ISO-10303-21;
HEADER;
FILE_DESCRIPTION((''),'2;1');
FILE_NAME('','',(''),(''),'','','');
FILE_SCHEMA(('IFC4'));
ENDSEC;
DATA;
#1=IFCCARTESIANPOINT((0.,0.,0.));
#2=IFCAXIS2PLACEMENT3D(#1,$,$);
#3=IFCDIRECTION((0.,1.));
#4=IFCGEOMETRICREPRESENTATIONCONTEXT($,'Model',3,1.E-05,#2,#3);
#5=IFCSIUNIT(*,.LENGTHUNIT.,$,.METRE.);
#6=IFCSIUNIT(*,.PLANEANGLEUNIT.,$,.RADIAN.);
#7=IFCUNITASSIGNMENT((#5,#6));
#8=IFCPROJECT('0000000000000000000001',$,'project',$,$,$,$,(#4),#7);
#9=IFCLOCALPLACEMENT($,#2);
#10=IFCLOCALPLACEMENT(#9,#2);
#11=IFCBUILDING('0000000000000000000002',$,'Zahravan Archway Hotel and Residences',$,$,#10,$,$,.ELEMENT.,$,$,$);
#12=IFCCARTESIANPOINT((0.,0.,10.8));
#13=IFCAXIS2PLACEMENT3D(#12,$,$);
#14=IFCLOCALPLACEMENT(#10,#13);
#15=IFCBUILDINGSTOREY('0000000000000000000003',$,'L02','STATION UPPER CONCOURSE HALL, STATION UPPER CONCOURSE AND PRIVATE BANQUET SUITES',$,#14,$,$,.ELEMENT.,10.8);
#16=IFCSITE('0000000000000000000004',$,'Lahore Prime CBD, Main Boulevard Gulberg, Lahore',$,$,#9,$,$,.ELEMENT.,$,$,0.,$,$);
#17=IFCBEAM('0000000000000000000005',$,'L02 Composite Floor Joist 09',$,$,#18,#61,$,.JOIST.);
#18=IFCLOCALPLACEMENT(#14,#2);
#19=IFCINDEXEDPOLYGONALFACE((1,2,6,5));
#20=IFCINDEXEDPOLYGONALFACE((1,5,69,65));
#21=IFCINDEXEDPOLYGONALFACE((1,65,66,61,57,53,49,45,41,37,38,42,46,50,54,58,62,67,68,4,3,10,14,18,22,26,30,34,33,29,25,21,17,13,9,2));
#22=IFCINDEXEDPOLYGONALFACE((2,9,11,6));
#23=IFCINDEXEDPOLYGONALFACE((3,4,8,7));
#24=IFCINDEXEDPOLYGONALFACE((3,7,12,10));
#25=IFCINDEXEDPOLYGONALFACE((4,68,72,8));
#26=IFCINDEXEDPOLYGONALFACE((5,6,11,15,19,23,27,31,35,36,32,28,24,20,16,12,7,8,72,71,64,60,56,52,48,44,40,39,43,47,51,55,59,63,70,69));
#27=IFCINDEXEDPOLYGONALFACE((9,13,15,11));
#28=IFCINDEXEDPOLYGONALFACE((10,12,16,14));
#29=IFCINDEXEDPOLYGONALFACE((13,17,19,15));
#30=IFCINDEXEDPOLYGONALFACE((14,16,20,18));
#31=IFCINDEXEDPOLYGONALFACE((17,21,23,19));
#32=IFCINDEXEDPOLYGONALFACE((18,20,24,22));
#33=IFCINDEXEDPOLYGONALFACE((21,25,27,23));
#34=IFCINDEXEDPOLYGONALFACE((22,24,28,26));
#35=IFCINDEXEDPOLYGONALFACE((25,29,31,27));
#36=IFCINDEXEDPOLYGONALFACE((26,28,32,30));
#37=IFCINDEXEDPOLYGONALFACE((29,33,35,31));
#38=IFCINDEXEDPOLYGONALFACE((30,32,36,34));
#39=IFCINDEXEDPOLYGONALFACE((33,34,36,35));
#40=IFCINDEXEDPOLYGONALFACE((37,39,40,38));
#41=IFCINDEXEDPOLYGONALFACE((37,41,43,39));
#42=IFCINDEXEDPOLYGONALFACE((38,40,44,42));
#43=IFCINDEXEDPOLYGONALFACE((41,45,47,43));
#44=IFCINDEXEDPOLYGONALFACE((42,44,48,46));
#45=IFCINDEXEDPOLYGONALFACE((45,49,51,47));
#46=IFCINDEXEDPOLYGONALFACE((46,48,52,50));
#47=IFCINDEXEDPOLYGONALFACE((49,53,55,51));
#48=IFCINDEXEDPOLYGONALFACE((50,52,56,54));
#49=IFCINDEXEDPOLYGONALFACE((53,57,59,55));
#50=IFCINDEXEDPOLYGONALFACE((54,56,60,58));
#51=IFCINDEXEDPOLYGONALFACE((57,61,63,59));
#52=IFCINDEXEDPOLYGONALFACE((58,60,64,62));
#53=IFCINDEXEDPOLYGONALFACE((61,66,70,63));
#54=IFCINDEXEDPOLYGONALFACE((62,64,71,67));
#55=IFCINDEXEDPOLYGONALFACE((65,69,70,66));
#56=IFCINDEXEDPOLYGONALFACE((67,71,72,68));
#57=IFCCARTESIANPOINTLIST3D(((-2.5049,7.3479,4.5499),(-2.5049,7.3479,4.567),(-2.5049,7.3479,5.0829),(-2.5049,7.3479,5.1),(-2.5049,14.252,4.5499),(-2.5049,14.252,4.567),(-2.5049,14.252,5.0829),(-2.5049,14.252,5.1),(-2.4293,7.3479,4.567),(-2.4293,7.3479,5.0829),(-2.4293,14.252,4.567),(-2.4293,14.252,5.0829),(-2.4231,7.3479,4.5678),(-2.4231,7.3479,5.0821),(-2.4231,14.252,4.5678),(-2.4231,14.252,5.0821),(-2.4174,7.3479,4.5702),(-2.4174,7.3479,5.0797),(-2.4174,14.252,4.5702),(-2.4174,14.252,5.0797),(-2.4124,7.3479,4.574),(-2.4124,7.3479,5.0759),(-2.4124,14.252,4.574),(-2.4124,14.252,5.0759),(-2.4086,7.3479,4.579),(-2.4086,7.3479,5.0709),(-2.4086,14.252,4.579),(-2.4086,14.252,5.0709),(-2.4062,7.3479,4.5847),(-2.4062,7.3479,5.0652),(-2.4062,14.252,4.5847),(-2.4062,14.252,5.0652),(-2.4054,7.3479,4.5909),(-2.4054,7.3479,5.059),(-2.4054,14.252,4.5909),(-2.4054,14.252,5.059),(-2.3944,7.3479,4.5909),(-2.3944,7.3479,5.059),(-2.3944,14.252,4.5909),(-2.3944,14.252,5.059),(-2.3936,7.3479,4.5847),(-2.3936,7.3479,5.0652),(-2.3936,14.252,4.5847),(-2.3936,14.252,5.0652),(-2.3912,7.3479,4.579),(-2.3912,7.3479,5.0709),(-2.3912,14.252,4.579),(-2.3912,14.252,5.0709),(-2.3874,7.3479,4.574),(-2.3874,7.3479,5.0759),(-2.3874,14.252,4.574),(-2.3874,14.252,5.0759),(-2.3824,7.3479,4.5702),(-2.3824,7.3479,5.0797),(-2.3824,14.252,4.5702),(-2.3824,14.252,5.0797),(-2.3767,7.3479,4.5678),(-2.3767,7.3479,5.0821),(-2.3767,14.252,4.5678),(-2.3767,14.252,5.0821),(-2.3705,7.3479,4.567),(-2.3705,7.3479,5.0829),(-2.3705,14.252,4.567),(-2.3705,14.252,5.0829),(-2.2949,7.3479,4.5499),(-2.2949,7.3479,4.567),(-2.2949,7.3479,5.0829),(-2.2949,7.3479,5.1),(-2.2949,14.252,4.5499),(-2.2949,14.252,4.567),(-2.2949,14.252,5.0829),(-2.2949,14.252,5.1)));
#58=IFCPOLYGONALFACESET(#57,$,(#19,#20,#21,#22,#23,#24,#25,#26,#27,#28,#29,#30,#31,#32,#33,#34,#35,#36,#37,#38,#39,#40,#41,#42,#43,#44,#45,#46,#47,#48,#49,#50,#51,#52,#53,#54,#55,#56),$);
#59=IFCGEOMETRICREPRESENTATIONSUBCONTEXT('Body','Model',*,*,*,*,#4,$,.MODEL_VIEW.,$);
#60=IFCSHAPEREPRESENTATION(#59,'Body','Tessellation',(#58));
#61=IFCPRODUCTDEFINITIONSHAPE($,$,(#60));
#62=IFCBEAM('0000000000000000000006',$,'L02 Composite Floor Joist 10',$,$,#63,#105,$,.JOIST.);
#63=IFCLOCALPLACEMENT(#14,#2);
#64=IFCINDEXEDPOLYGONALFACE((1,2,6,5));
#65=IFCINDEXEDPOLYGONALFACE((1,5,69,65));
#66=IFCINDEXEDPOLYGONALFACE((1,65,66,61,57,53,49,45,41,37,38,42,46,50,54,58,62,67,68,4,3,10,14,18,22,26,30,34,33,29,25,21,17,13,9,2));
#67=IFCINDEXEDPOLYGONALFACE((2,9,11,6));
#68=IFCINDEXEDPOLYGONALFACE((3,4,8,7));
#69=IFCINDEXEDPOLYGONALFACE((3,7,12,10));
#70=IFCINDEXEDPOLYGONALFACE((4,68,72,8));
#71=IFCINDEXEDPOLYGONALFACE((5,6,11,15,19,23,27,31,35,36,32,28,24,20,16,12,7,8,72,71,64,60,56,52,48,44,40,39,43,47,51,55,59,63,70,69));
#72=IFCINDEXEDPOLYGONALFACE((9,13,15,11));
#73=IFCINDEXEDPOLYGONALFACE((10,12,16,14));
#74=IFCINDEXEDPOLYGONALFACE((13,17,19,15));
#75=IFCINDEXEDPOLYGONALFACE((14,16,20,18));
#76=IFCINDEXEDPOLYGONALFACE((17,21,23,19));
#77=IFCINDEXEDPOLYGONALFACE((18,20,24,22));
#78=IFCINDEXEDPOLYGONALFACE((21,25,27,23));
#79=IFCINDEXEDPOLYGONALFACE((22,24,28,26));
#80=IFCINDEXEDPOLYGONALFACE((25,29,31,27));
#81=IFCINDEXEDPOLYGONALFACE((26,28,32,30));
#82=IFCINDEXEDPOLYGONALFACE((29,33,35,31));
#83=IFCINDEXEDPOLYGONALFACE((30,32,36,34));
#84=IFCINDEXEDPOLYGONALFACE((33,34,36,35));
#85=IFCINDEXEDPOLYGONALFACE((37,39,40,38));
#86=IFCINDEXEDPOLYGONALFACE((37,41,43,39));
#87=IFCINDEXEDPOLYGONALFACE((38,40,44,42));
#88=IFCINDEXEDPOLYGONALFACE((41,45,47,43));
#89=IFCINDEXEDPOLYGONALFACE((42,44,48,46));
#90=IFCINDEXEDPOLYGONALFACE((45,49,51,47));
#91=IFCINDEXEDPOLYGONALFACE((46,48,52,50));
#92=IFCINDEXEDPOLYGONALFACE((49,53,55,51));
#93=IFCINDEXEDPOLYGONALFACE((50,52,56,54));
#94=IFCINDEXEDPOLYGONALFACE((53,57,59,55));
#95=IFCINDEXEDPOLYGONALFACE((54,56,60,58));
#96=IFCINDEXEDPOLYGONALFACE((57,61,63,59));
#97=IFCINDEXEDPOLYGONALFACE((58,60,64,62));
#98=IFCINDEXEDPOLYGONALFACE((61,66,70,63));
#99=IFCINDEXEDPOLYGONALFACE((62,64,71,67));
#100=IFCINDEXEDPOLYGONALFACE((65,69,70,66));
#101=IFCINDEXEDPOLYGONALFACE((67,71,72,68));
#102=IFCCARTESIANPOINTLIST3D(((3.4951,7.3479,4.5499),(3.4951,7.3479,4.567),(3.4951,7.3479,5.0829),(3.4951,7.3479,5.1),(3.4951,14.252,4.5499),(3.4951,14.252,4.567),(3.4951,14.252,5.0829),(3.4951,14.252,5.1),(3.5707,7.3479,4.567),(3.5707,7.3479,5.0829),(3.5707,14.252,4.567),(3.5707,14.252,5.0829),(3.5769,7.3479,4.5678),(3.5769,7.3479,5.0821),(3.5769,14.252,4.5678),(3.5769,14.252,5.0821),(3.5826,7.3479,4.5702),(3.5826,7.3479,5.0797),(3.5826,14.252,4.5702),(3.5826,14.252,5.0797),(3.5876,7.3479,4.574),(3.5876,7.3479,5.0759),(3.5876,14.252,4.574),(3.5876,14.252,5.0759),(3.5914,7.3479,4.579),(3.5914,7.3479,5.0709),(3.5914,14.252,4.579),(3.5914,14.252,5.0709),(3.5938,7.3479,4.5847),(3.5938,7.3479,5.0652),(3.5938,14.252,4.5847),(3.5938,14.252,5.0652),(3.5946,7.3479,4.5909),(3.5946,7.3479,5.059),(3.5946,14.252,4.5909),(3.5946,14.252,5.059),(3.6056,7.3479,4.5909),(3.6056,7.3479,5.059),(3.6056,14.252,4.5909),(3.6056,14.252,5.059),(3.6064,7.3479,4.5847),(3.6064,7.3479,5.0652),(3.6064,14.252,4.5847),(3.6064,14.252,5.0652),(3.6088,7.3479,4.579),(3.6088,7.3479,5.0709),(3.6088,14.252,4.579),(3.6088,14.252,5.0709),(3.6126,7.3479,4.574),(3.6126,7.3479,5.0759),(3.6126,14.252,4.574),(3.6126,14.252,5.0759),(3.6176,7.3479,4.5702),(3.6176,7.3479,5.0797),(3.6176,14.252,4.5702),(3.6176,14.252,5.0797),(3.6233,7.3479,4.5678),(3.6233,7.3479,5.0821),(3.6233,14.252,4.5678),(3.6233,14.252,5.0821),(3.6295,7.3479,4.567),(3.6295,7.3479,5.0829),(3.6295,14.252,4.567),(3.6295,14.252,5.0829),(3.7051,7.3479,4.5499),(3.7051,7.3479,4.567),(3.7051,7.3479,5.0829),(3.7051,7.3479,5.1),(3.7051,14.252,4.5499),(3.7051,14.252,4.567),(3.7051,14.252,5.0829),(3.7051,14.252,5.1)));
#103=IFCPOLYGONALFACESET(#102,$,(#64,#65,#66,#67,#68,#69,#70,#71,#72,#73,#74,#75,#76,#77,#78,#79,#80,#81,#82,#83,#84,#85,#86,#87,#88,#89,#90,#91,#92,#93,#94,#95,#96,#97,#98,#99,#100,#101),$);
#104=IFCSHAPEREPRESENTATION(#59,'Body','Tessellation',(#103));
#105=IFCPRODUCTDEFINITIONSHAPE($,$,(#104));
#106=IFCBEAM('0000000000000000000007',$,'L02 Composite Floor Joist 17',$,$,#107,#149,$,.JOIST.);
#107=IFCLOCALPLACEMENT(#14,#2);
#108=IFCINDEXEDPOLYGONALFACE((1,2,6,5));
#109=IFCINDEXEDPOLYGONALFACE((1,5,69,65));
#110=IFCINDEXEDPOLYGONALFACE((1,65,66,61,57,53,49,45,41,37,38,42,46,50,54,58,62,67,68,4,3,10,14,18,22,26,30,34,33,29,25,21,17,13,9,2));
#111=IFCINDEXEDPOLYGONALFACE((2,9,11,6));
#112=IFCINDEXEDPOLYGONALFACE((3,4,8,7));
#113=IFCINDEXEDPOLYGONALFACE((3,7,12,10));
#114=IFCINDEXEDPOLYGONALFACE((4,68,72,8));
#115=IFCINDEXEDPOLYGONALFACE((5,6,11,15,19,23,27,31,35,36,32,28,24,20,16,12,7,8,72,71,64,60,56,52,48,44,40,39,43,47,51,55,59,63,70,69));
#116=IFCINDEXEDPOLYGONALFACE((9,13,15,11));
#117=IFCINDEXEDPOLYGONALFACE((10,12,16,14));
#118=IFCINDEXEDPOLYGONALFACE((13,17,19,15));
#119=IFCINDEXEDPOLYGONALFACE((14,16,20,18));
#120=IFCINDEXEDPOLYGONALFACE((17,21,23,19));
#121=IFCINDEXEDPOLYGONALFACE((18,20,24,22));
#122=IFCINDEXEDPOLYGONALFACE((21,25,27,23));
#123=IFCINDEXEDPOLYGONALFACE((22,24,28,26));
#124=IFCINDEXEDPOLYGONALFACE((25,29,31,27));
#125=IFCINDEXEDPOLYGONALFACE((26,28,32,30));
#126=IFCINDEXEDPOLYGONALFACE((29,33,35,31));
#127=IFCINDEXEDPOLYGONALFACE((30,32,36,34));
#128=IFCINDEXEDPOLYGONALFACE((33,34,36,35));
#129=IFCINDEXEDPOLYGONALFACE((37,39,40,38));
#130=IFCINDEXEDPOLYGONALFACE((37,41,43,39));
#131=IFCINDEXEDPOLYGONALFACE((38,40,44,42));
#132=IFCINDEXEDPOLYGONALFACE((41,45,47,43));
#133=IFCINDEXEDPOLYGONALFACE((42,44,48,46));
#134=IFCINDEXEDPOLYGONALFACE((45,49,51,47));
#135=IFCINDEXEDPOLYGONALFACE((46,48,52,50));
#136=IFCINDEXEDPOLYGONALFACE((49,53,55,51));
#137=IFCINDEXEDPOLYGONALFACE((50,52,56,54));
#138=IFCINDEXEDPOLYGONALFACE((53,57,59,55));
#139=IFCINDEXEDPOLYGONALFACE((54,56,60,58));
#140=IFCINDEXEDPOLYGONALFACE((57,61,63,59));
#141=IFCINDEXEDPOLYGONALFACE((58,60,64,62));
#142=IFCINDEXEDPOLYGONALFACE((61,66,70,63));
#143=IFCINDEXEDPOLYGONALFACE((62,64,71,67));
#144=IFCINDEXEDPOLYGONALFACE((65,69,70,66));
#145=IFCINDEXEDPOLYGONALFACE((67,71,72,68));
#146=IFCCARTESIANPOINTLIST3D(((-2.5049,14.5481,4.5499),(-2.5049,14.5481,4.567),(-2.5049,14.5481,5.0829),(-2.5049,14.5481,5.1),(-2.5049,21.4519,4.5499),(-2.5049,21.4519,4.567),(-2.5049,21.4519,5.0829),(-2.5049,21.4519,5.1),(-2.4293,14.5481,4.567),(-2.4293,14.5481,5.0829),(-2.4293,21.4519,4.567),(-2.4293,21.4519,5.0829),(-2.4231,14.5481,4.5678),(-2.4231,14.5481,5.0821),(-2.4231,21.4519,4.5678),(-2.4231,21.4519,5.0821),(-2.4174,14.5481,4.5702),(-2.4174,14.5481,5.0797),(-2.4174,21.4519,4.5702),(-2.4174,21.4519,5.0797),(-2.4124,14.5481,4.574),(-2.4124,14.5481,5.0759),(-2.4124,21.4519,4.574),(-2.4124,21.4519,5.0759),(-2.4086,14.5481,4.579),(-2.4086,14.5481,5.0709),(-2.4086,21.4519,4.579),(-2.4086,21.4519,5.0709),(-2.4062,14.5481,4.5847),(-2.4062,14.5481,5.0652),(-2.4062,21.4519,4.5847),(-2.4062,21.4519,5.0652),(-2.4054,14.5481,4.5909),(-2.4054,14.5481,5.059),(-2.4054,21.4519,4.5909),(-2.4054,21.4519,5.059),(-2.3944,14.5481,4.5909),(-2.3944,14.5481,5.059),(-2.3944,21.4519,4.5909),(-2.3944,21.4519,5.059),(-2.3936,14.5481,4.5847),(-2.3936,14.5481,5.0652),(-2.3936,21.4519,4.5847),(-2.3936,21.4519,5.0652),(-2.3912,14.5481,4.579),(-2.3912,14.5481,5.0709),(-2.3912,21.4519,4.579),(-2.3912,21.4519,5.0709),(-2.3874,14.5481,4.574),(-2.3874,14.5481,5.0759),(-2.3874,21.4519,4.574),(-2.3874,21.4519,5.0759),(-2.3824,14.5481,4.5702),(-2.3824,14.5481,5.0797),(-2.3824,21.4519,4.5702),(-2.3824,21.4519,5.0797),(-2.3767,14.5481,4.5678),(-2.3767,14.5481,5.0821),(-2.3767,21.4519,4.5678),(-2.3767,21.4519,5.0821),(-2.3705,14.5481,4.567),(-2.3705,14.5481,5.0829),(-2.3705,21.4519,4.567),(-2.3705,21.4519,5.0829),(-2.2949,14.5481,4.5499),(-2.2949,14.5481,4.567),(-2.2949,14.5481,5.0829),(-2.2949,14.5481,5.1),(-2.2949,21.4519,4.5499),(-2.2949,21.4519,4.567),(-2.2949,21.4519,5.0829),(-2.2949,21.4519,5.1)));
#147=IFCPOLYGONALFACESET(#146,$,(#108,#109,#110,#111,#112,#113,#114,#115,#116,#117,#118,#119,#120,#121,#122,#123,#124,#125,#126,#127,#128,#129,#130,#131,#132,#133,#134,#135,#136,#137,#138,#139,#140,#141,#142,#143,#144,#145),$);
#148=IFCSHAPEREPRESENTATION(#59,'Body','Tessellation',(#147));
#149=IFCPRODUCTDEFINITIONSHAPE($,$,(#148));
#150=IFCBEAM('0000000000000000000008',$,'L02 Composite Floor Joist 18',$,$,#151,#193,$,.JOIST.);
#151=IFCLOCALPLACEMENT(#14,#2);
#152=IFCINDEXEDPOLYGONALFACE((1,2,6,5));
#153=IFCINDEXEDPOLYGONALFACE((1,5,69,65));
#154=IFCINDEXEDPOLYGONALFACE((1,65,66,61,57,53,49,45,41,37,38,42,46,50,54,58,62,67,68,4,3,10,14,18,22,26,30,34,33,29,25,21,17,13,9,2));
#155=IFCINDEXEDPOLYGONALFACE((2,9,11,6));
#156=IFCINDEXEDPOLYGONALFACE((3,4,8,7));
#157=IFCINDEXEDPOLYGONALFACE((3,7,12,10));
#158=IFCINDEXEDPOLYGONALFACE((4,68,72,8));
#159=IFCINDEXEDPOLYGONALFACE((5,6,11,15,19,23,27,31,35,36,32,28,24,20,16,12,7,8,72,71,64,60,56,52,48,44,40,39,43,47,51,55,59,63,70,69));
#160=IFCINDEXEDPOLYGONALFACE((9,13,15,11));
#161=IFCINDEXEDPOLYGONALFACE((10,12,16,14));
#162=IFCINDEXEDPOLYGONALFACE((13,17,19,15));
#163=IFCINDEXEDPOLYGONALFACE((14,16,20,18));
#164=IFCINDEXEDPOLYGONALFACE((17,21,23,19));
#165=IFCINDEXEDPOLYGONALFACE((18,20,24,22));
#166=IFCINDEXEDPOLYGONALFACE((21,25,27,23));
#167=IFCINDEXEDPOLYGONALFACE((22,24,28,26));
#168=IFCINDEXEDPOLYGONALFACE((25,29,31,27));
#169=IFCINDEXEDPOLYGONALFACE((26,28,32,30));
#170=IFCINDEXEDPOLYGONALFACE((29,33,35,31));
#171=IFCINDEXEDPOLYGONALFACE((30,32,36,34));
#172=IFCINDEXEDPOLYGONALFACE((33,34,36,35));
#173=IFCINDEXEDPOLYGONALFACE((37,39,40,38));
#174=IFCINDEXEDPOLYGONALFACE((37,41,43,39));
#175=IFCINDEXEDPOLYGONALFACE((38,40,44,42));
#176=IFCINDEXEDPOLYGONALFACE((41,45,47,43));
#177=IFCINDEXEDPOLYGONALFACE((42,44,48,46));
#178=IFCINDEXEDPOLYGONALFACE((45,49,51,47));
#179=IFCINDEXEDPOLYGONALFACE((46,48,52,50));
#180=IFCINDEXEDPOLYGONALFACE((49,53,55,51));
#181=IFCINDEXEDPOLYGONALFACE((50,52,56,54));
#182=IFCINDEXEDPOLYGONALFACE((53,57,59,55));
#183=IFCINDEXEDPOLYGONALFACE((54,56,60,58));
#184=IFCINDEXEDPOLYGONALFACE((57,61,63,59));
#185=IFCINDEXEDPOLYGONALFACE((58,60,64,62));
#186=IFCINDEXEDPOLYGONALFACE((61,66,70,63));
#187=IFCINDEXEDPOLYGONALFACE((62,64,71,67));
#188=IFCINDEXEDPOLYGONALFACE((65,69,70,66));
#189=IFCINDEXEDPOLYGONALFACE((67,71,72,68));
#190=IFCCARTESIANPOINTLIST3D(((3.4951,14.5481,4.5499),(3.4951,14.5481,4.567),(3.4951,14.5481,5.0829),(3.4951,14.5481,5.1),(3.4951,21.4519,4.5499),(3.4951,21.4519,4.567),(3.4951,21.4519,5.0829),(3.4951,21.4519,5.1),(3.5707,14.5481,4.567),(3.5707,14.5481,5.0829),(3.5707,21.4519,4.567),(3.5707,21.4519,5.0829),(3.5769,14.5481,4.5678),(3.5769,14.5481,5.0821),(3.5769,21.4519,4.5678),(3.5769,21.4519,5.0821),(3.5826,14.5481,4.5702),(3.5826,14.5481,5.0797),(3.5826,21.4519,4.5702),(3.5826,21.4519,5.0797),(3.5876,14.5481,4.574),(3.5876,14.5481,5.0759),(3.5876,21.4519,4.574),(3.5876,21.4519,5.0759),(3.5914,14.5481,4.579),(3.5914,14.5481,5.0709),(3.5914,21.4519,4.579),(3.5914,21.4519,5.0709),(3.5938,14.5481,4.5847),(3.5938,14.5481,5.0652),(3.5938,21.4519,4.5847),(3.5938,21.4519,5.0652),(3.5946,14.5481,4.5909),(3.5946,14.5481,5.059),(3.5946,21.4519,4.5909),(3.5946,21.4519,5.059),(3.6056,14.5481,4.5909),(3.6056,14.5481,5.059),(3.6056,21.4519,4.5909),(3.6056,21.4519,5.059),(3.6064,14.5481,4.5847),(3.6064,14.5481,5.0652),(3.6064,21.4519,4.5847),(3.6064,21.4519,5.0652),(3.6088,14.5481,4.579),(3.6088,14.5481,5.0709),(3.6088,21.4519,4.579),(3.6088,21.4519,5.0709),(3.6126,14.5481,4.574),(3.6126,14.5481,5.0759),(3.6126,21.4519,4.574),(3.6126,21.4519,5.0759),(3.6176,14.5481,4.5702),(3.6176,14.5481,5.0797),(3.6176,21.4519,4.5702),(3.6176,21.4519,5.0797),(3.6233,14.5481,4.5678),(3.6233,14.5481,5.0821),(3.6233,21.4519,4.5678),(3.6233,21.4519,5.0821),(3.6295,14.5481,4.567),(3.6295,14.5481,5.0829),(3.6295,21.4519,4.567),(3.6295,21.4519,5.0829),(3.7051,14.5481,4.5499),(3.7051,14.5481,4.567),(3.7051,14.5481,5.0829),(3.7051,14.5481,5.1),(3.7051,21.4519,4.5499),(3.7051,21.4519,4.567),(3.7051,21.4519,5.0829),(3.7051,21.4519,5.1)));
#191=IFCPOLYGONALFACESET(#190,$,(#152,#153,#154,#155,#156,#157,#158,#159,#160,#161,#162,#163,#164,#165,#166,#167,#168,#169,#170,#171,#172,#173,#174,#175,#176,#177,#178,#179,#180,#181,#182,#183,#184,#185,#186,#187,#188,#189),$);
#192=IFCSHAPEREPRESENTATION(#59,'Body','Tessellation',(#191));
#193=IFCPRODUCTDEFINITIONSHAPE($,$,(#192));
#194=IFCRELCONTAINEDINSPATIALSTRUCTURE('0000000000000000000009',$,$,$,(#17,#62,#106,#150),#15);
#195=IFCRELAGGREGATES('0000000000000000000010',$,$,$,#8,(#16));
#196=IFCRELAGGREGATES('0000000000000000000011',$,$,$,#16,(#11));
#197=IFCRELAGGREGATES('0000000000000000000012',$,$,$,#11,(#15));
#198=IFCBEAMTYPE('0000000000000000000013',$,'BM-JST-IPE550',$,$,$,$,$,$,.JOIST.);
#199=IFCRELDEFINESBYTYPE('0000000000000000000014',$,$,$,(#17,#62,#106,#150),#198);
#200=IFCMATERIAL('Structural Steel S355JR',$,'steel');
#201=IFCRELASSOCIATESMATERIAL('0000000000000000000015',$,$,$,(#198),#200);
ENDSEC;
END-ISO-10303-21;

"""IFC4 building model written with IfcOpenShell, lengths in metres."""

from ifc_helpers import new_model, si_unit, direction, frame, origin, origin_2d, place, context, subcontext, project, spatial, i_section, extrude, source, transform, mapped, material, material_profile, profile_set, type_object, type_shapes, element, save


model = new_model("IFC4")

# Units and contexts
model_context = context("Model", 3, precision=1e-05, world=origin(), true_north=direction((0.0, 1.0)))
body_context = subcontext(model_context, "Body", "Model", "MODEL_VIEW")
ifc_project = project(units=[si_unit("LENGTHUNIT", "METRE"), si_unit("PLANEANGLEUNIT", "RADIAN")], contexts=[model_context])

# Site, building, storey
site_placement = place(None, origin())
site = spatial("IfcSite", under=ifc_project, at=site_placement, Name="Lahore Prime CBD, Main Boulevard Gulberg, Lahore", CompositionType="ELEMENT", RefElevation=0.0)
building_placement = place(site_placement, origin())
building = spatial("IfcBuilding", under=site, at=building_placement, Name="Zahravan Archway Hotel and Residences", CompositionType="ELEMENT")
storey_placement = place(building_placement, frame((0.0, 0.0, 10.8)))
storey = spatial("IfcBuildingStorey", under=building, at=storey_placement, Name="L02", Description="STATION UPPER CONCOURSE HALL, STATION UPPER CONCOURSE AND PRIVATE BANQUET SUITES", CompositionType="ELEMENT", Elevation=10.8)

# Beams
ifc_material_1 = material(Name="Structural Steel S355JR", Category="steel")
ifc_material_profile_1 = material_profile(ifc_material_1, i_section(OverallWidth=0.21, OverallDepth=0.55, WebThickness=0.011, FlangeThickness=0.0171, FilletRadius=0.0239, at=origin_2d()), Name="IPE 550", Category="steel")
ifc_profile_set_1 = profile_set([ifc_material_profile_1], Name="Structural Steel S355JR")
beam_type_1 = type_object("IfcBeamType", Name="BM-JST-IPE550", PredefinedType="JOIST", material=ifc_profile_set_1)
shared_shape_1 = source(origin(), body_context, "Body", "SweptSolid", [
    extrude(i_section(OverallWidth=0.21, OverallDepth=0.55, WebThickness=0.011, FlangeThickness=0.0171, FilletRadius=0.0239, at=origin_2d()), origin(), (0.0, 0.0, 1.0), 6.9041),
])
type_shapes(beam_type_1, [shared_shape_1])
for number, where, z_axis, x_axis, name in (
    (1, (-2.3999, 7.3479, 4.825), (0.0, 1.0, 0.0), (-1.0, 0.0, 0.0), "L02 Composite Floor Joist 09"),
    (2, (3.6001, 7.3479, 4.825), (0.0, 1.0, 0.0), (-1.0, 0.0, 0.0), "L02 Composite Floor Joist 10"),
):
    element("IfcBeam", number, at=place(storey_placement, frame(where, z_axis=z_axis, x_axis=x_axis)), inside=storey, type_object=beam_type_1, Name=name, PredefinedType="JOIST", context=body_context, shape_type="MappedRepresentation", body=[
        mapped(shared_shape_1, transform((0.0, 0.0, 0.0), scale=1.0)),
    ])
shared_shape_2 = source(origin(), body_context, "Body", "SweptSolid", [
    extrude(i_section(OverallWidth=0.21, OverallDepth=0.55, WebThickness=0.011, FlangeThickness=0.0171, FilletRadius=0.0239, at=origin_2d()), origin(), (0.0, 0.0, 1.0), 6.9038),
])
for number, where, z_axis, x_axis, name in (
    (3, (-2.3999, 14.5481, 4.825), (0.0, 1.0, 0.0), (-1.0, 0.0, 0.0), "L02 Composite Floor Joist 17"),
    (4, (3.6001, 14.5481, 4.825), (0.0, 1.0, 0.0), (-1.0, 0.0, 0.0), "L02 Composite Floor Joist 18"),
):
    element("IfcBeam", number, at=place(storey_placement, frame(where, z_axis=z_axis, x_axis=x_axis)), inside=storey, type_object=beam_type_1, Name=name, PredefinedType="JOIST", context=body_context, shape_type="MappedRepresentation", body=[
        mapped(shared_shape_2, transform((0.0, 0.0, 0.0), scale=1.0)),
    ])

save(model, "model.ifc")
